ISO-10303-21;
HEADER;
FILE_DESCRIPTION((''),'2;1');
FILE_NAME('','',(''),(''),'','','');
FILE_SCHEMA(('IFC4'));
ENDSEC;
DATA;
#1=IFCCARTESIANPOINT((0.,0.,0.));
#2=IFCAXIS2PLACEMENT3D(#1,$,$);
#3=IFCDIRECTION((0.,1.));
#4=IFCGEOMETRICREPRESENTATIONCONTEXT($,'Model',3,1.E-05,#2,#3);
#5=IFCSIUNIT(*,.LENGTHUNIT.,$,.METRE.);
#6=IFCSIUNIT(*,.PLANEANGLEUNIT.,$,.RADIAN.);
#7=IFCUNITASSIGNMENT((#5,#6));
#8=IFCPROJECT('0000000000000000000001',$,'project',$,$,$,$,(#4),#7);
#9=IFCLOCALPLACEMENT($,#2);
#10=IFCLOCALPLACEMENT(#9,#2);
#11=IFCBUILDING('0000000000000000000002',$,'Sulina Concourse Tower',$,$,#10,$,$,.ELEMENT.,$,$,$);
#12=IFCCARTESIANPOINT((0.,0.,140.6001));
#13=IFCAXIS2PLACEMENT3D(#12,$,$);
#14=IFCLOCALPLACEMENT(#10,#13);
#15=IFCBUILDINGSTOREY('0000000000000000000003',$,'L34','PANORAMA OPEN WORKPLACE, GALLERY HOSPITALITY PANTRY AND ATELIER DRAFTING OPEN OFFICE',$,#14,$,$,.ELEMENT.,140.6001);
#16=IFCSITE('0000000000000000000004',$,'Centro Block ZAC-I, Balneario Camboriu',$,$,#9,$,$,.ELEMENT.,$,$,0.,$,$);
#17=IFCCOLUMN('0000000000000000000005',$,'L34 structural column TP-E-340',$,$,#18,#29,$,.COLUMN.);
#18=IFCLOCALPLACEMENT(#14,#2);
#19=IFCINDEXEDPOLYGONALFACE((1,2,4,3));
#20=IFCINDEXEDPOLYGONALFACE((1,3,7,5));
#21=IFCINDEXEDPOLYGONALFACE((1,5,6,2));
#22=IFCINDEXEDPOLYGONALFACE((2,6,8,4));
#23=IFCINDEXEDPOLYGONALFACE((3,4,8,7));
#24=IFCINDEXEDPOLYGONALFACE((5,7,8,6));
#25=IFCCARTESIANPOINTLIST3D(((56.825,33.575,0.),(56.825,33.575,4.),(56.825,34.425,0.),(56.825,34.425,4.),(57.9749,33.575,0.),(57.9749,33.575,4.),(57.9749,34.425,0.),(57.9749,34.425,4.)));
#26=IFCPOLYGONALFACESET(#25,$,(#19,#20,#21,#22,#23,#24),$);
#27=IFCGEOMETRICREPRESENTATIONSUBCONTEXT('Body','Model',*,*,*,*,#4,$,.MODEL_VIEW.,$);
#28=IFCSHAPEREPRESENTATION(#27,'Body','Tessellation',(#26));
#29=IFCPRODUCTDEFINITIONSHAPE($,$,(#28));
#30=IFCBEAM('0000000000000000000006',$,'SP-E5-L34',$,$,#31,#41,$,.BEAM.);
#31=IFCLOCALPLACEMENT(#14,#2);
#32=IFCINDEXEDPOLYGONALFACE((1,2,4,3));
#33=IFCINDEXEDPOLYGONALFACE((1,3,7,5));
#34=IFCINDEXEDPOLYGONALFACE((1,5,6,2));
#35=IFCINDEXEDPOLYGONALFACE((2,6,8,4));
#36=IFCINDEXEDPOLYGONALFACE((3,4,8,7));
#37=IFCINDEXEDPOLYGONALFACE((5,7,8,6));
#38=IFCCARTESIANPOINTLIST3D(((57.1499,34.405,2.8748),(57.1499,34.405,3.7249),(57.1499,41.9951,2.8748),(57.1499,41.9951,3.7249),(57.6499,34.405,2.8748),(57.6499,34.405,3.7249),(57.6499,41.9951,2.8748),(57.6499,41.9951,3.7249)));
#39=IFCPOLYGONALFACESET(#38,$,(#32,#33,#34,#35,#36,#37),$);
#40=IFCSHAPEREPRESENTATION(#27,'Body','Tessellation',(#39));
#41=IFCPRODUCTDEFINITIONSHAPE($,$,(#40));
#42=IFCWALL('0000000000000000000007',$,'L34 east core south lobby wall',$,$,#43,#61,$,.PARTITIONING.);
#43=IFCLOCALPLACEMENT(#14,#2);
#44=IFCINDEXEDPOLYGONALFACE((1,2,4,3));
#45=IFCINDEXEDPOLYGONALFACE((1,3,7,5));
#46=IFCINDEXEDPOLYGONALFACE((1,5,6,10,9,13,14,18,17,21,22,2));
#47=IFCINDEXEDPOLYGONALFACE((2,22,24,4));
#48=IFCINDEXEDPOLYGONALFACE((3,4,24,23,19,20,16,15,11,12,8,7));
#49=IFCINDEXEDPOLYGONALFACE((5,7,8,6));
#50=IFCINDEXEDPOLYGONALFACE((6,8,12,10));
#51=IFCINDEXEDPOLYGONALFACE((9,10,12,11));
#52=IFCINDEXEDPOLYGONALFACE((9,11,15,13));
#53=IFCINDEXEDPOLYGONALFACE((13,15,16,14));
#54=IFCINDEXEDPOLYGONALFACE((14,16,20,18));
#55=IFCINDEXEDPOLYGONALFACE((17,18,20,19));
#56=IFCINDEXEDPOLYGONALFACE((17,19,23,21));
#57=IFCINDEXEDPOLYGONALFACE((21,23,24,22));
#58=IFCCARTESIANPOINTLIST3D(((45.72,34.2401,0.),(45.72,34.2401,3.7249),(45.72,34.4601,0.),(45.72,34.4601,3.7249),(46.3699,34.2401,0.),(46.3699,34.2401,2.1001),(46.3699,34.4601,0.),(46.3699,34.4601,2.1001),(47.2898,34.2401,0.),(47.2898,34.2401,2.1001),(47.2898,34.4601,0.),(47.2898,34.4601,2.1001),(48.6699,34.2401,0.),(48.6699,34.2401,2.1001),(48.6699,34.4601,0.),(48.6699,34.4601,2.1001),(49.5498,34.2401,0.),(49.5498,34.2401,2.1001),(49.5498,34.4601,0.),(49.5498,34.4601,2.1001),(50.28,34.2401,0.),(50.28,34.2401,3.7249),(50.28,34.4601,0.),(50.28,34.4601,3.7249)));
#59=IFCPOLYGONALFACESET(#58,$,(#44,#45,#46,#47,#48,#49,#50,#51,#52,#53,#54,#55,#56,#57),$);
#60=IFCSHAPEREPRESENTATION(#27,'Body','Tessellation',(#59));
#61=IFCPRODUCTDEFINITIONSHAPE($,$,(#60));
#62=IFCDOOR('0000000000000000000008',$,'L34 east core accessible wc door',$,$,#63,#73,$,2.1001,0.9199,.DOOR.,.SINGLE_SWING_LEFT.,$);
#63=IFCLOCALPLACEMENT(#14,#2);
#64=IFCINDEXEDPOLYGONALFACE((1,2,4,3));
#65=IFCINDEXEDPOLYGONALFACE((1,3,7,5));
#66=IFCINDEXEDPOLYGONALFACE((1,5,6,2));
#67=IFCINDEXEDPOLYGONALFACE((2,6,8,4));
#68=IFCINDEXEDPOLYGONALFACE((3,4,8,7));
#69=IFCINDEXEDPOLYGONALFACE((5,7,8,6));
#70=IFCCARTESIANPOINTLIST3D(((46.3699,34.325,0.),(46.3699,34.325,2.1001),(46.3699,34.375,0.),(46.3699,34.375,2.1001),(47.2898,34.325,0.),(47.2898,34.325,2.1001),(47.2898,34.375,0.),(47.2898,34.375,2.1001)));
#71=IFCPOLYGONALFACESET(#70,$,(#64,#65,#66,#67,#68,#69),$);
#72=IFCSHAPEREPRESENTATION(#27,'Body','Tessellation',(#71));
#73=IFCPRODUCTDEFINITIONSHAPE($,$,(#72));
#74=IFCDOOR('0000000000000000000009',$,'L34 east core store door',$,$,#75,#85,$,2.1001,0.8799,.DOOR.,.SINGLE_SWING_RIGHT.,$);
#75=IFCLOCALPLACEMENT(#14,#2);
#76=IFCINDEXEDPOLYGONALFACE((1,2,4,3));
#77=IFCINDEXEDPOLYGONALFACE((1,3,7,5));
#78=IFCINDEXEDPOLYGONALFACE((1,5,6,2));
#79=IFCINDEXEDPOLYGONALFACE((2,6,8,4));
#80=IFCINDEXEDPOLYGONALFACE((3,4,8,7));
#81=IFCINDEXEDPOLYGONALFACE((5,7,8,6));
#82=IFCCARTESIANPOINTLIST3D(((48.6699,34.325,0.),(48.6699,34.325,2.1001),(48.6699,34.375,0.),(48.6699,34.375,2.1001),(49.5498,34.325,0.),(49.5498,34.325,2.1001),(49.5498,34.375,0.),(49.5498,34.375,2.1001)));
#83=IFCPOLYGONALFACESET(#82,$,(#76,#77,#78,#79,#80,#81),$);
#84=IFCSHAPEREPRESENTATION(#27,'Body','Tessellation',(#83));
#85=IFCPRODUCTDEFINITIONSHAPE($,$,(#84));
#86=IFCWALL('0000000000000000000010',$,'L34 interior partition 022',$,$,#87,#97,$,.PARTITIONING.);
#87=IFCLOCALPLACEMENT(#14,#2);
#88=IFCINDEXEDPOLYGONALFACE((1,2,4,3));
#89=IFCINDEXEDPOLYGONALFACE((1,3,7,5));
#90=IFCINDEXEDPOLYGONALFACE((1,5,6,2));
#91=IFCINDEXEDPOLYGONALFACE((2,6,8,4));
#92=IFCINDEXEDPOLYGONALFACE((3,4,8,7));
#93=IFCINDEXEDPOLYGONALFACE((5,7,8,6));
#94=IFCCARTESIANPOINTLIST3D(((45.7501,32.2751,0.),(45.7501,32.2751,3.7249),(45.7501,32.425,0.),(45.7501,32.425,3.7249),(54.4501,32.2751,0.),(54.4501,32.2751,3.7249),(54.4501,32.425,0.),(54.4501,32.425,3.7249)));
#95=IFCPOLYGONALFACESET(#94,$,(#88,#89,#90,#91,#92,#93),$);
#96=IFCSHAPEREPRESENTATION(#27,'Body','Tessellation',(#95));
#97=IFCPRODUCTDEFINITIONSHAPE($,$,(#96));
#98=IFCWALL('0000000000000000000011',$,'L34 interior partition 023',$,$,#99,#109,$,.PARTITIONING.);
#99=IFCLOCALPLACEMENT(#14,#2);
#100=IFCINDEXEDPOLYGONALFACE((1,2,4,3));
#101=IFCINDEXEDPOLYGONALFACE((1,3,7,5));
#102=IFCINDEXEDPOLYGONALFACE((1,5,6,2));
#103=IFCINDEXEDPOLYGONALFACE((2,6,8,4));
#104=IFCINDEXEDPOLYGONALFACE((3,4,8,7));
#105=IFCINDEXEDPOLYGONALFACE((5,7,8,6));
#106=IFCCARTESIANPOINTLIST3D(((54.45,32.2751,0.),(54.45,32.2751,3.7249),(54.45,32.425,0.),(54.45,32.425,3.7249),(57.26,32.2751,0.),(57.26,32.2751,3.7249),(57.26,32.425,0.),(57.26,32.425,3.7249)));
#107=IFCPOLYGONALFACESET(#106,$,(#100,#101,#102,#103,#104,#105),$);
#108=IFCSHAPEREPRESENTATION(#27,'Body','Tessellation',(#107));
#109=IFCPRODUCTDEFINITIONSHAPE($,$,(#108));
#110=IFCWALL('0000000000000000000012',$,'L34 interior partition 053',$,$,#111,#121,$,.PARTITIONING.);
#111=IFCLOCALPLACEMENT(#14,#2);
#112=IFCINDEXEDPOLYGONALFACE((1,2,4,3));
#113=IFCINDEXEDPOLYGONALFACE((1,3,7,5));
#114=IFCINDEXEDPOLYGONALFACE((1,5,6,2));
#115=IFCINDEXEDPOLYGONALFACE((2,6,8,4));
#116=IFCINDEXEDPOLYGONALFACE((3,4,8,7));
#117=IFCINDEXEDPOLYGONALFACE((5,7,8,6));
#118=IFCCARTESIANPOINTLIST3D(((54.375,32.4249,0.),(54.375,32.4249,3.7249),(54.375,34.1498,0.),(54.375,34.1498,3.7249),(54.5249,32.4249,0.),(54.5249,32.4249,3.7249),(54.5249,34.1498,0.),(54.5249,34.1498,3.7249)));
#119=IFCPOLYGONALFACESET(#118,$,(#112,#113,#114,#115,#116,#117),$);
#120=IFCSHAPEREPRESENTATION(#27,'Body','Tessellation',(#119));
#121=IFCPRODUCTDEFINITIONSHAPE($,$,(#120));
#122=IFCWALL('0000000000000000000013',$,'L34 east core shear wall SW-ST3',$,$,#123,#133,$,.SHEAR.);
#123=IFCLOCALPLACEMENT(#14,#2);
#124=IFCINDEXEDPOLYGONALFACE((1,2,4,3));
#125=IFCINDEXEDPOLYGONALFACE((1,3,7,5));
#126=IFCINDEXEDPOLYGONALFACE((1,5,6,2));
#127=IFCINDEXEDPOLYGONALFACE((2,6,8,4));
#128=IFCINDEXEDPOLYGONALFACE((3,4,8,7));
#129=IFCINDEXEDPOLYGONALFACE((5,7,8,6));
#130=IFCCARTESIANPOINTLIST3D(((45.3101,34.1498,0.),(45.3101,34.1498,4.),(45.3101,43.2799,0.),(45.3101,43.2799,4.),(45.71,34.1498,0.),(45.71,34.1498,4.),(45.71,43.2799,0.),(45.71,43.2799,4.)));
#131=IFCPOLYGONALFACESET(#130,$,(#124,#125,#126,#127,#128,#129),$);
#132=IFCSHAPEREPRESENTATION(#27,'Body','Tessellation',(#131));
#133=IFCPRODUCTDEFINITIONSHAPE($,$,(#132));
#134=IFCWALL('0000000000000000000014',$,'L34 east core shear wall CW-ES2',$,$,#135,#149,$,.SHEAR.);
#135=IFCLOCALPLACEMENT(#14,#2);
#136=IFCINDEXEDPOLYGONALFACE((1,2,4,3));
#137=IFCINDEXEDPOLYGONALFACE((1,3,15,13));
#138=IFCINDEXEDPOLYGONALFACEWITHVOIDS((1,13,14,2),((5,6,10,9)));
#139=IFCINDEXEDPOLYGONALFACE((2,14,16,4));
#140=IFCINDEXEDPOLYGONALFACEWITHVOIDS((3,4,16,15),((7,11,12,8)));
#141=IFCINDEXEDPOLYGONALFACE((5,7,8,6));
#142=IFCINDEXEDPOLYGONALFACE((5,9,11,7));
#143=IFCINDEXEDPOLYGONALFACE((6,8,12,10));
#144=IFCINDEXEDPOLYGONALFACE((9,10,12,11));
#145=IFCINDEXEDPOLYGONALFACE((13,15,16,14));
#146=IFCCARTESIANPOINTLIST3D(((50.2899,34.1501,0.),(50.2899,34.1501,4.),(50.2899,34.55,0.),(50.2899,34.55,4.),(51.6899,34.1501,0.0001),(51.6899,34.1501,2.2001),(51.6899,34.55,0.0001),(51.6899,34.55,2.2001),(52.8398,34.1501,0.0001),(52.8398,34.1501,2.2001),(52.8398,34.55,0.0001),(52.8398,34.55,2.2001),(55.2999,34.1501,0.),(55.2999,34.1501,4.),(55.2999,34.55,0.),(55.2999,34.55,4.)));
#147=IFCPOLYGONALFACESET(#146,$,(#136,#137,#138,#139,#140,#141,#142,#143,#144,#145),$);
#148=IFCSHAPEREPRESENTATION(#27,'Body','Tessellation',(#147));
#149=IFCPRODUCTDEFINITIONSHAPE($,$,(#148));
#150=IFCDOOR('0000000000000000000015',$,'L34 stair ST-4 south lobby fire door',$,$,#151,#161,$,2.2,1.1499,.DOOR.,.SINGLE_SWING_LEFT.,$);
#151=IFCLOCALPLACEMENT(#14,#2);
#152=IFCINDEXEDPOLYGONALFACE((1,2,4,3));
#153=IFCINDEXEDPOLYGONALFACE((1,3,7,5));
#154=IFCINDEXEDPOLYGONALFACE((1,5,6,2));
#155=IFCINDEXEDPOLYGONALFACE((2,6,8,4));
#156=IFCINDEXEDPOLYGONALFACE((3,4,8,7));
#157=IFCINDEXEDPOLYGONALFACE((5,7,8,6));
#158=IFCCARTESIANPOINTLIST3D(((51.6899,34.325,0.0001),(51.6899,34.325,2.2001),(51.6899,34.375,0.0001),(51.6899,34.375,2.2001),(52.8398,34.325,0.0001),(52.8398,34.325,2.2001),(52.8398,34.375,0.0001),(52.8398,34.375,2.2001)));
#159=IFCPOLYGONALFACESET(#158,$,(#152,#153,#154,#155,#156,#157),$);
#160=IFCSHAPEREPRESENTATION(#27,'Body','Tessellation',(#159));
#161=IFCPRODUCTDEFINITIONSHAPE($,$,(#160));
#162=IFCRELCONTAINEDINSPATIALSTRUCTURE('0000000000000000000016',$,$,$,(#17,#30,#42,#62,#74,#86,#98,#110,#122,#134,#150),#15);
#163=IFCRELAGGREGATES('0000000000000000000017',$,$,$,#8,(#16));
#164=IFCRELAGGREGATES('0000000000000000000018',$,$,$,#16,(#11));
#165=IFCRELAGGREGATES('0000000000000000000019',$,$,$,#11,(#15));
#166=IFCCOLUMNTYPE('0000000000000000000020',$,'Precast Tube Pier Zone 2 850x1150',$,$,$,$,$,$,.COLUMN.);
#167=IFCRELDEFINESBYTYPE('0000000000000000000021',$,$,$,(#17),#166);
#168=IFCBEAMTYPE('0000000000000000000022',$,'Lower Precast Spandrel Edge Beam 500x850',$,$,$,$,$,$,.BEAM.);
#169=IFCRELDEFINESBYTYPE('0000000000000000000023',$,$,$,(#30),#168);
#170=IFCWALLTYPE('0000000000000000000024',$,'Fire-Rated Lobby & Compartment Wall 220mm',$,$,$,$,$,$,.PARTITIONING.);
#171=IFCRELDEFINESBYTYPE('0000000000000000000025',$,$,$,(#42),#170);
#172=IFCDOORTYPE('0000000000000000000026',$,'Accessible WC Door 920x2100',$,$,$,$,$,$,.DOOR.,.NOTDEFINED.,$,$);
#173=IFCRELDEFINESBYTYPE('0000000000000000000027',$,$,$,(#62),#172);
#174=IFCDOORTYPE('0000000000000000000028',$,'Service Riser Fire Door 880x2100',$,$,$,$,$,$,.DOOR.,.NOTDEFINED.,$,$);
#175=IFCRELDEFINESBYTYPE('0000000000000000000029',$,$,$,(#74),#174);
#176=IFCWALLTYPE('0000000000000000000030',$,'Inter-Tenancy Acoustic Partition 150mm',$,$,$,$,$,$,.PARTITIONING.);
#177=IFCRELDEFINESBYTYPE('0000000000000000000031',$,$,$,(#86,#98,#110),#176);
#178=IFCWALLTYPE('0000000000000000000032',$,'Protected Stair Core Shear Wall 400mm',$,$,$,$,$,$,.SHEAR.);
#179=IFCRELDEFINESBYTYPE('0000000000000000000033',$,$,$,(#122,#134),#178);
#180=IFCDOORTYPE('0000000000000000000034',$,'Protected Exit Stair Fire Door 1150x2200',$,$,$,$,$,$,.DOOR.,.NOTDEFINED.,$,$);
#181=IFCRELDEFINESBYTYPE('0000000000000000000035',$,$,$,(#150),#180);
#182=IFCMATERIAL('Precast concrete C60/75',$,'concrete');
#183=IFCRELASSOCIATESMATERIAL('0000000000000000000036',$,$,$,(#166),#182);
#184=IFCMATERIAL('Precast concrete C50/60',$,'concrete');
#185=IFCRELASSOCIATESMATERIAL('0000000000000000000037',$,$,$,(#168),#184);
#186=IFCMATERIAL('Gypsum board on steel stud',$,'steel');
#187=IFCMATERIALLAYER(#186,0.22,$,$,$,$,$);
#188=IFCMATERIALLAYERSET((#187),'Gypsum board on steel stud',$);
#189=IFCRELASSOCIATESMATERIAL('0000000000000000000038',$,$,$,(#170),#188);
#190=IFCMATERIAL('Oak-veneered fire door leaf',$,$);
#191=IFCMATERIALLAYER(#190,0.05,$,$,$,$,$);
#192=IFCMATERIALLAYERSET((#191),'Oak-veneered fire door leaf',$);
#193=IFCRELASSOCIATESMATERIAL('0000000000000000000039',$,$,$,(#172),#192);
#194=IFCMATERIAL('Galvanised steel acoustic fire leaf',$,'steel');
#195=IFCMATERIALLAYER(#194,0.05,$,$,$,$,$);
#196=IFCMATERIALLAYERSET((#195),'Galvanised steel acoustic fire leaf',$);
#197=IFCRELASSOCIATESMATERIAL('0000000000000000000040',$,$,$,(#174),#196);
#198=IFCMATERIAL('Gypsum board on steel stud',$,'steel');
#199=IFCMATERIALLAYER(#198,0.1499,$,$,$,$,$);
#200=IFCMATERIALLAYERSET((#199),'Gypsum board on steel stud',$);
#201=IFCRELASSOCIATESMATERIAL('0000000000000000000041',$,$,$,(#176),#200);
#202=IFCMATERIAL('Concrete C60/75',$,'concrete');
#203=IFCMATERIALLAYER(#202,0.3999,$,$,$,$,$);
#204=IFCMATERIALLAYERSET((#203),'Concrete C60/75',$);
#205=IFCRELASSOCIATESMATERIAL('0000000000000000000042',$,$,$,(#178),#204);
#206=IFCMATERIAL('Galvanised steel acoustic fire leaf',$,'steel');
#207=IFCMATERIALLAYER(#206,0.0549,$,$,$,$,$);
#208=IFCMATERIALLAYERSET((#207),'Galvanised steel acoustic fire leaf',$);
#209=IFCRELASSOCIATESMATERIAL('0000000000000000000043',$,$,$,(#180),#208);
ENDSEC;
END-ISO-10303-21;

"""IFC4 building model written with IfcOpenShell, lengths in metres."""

from ifc_helpers import new_model, si_unit, direction, frame, frame_2d, origin, origin_2d, place, context, subcontext, project, spatial, rectangle, extrude, material, layer, layer_set, material_profile, profile_set, type_object, element, fill, save


model = new_model("IFC4")

# Units and contexts
model_context = context("Model", 3, precision=1e-05, world=origin(), true_north=direction((0.0, 1.0)))
body_context = subcontext(model_context, "Body", "Model", "MODEL_VIEW")
ifc_project = project(units=[si_unit("LENGTHUNIT", "METRE"), si_unit("PLANEANGLEUNIT", "RADIAN")], contexts=[model_context])

# Site, building, storey
site_placement = place(None, origin())
site = spatial("IfcSite", under=ifc_project, at=site_placement, Name="Centro Block ZAC-I, Balneario Camboriu", CompositionType="ELEMENT", RefElevation=0.0)
building_placement = place(site_placement, origin())
building = spatial("IfcBuilding", under=site, at=building_placement, Name="Sulina Concourse Tower", CompositionType="ELEMENT")
storey_placement = place(building_placement, frame((0.0, 0.0, 140.6001)))
storey = spatial("IfcBuildingStorey", under=building, at=storey_placement, Name="L34", Description="PANORAMA OPEN WORKPLACE, GALLERY HOSPITALITY PANTRY AND ATELIER DRAFTING OPEN OFFICE", CompositionType="ELEMENT", Elevation=140.6001)

# Column
ifc_material_1 = material(Name="Precast concrete C60/75", Category="concrete")
ifc_material_profile_1 = material_profile(ifc_material_1, rectangle(XDim=0.8501, YDim=1.1499, at=origin_2d()), Name="PC 850x1150")
ifc_profile_set_1 = profile_set([ifc_material_profile_1], Name="Precast concrete C60/75")
column_type = type_object("IfcColumnType", Name="Precast Tube Pier Zone 2 850x1150", PredefinedType="COLUMN", material=ifc_profile_set_1)
column_placement = place(storey_placement, frame((57.3999, 34.0, 0.0), z_axis=(0.0, 0.0, 1.0), x_axis=(0.0, 1.0, 0.0)))
element("IfcColumn", 1, at=column_placement, inside=storey, type_object=column_type, Name="L34 structural column TP-E-340", PredefinedType="COLUMN", context=body_context, shape_type="SweptSolid", body=[
    extrude(rectangle(XDim=0.8501, YDim=1.1499, at=origin_2d()), origin(), (0.0, 0.0, 1.0), 4.0),
])

# Beam
ifc_material_2 = material(Name="Precast concrete C50/60", Category="concrete")
ifc_material_profile_2 = material_profile(ifc_material_2, rectangle(XDim=0.5, YDim=0.8501, at=origin_2d()), Name="RC 500x850")
ifc_profile_set_2 = profile_set([ifc_material_profile_2], Name="Precast concrete C50/60")
beam_type = type_object("IfcBeamType", Name="Lower Precast Spandrel Edge Beam 500x850", PredefinedType="BEAM", material=ifc_profile_set_2)
beam_placement = place(storey_placement, frame((57.3999, 34.405, 3.2998), z_axis=(0.0, 1.0, 0.0), x_axis=(-1.0, 0.0, 0.0)))
element("IfcBeam", 2, at=beam_placement, inside=storey, type_object=beam_type, Name="SP-E5-L34", PredefinedType="BEAM", context=body_context, shape_type="SweptSolid", body=[
    extrude(rectangle(XDim=0.5, YDim=0.8501, at=origin_2d()), origin(), (0.0, 0.0, 1.0), 7.5901),
])

# Wall, openings, doors
ifc_material_3 = material(Name="Gypsum board on steel stud", Category="steel")
ifc_layer_1 = layer(ifc_material_3, 0.22)
ifc_layer_set_1 = layer_set([ifc_layer_1], Name="Gypsum board on steel stud")
wall_type_1 = type_object("IfcWallType", Name="Fire-Rated Lobby & Compartment Wall 220mm", PredefinedType="PARTITIONING", material=ifc_layer_set_1)
wall_1_placement = place(storey_placement, frame((45.72, 34.3501, 0.0), z_axis=(0.0, 0.0, 1.0), x_axis=(1.0, 0.0, 0.0)))
wall_1 = element("IfcWall", 3, at=wall_1_placement, inside=storey, type_object=wall_type_1, Name="L34 east core south lobby wall", PredefinedType="PARTITIONING", context=body_context, shape_type="SweptSolid", body=[
    extrude(rectangle(XDim=4.5601, YDim=0.22, at=frame_2d((2.28, 0.0))), origin(), (0.0, 0.0, 1.0), 3.7249),
])
opening_1_placement = place(wall_1_placement, frame((0.6499, 0.0, 0.0)))
opening_1 = element("IfcOpeningElement", 4, at=opening_1_placement, cuts=wall_1, PredefinedType="OPENING", context=body_context, shape_type="SweptSolid", body=[
    extrude(rectangle(XDim=0.9199, YDim=2.1001, at=frame_2d((0.46, 1.05))), frame((0.0, 0.1199, 0.0), z_axis=(0.0, -1.0, 0.0), x_axis=(1.0, 0.0, 0.0)), (0.0, 0.0, 1.0), 0.24),
])
opening_2_placement = place(wall_1_placement, frame((2.95, 0.0, 0.0)))
opening_2 = element("IfcOpeningElement", 5, at=opening_2_placement, cuts=wall_1, PredefinedType="OPENING", context=body_context, shape_type="SweptSolid", body=[
    extrude(rectangle(XDim=0.8799, YDim=2.1001, at=frame_2d((0.4399, 1.05))), frame((0.0, 0.1199, 0.0), z_axis=(0.0, -1.0, 0.0), x_axis=(1.0, 0.0, 0.0)), (0.0, 0.0, 1.0), 0.24),
])
ifc_material_4 = material(Name="Oak-veneered fire door leaf")
ifc_layer_2 = layer(ifc_material_4, 0.05)
ifc_layer_set_2 = layer_set([ifc_layer_2], Name="Oak-veneered fire door leaf")
door_type_1 = type_object("IfcDoorType", Name="Accessible WC Door 920x2100", OperationType="NOTDEFINED", PredefinedType="DOOR", material=ifc_layer_set_2)
door_1_placement = place(opening_1_placement, origin())
door_1 = element("IfcDoor", 6, at=door_1_placement, inside=storey, type_object=door_type_1, Name="L34 east core accessible wc door", OperationType="SINGLE_SWING_LEFT", OverallHeight=2.1001, OverallWidth=0.9199, PredefinedType="DOOR", context=body_context, shape_type="SweptSolid", body=[
    extrude(rectangle(XDim=0.9199, YDim=2.1001, at=frame_2d((0.46, 1.05))), frame((0.0, 0.0249, 0.0), z_axis=(0.0, -1.0, 0.0), x_axis=(1.0, 0.0, 0.0)), (0.0, 0.0, 1.0), 0.05),
])
fill(opening_1, door_1)
ifc_material_5 = material(Name="Galvanised steel acoustic fire leaf", Category="steel")
ifc_layer_3 = layer(ifc_material_5, 0.05)
ifc_layer_set_3 = layer_set([ifc_layer_3], Name="Galvanised steel acoustic fire leaf")
door_type_2 = type_object("IfcDoorType", Name="Service Riser Fire Door 880x2100", OperationType="NOTDEFINED", PredefinedType="DOOR", material=ifc_layer_set_3)
door_2_placement = place(opening_2_placement, origin())
door_2 = element("IfcDoor", 7, at=door_2_placement, inside=storey, type_object=door_type_2, Name="L34 east core store door", OperationType="SINGLE_SWING_RIGHT", OverallHeight=2.1001, OverallWidth=0.8799, PredefinedType="DOOR", context=body_context, shape_type="SweptSolid", body=[
    extrude(rectangle(XDim=0.8799, YDim=2.1001, at=frame_2d((0.4399, 1.05))), frame((0.0, 0.0249, 0.0), z_axis=(0.0, -1.0, 0.0), x_axis=(1.0, 0.0, 0.0)), (0.0, 0.0, 1.0), 0.05),
])
fill(opening_2, door_2)

# Walls
ifc_material_6 = material(Name="Gypsum board on steel stud", Category="steel")
ifc_layer_4 = layer(ifc_material_6, 0.1499)
ifc_layer_set_4 = layer_set([ifc_layer_4], Name="Gypsum board on steel stud")
wall_type_2 = type_object("IfcWallType", Name="Inter-Tenancy Acoustic Partition 150mm", PredefinedType="PARTITIONING", material=ifc_layer_set_4)
wall_2_placement = place(storey_placement, frame((45.75, 32.3501, 0.0), z_axis=(0.0, 0.0, 1.0), x_axis=(1.0, 0.0, 0.0)))
element("IfcWall", 8, at=wall_2_placement, inside=storey, type_object=wall_type_2, Name="L34 interior partition 022", PredefinedType="PARTITIONING", context=body_context, shape_type="SweptSolid", body=[
    extrude(rectangle(XDim=8.7, YDim=0.1499, at=frame_2d((4.3501, 0.0))), origin(), (0.0, 0.0, 1.0), 3.7249),
])
wall_3_placement = place(storey_placement, frame((54.45, 32.3501, 0.0), z_axis=(0.0, 0.0, 1.0), x_axis=(1.0, 0.0, 0.0)))
element("IfcWall", 9, at=wall_3_placement, inside=storey, type_object=wall_type_2, Name="L34 interior partition 023", PredefinedType="PARTITIONING", context=body_context, shape_type="SweptSolid", body=[
    extrude(rectangle(XDim=2.8101, YDim=0.1499, at=frame_2d((1.405, 0.0))), origin(), (0.0, 0.0, 1.0), 3.7249),
])
wall_4_placement = place(storey_placement, frame((54.45, 32.425, 0.0), z_axis=(0.0, 0.0, 1.0), x_axis=(0.0, 1.0, 0.0)))
element("IfcWall", 10, at=wall_4_placement, inside=storey, type_object=wall_type_2, Name="L34 interior partition 053", PredefinedType="PARTITIONING", context=body_context, shape_type="SweptSolid", body=[
    extrude(rectangle(XDim=1.7249, YDim=0.1499, at=frame_2d((0.8623, 0.0))), origin(), (0.0, 0.0, 1.0), 3.7249),
])
ifc_material_7 = material(Name="Concrete C60/75", Category="concrete")
ifc_layer_5 = layer(ifc_material_7, 0.3999)
ifc_layer_set_5 = layer_set([ifc_layer_5], Name="Concrete C60/75")
wall_type_3 = type_object("IfcWallType", Name="Protected Stair Core Shear Wall 400mm", PredefinedType="SHEAR", material=ifc_layer_set_5)
wall_5_placement = place(storey_placement, frame((45.51, 34.1499, 0.0), z_axis=(0.0, 0.0, 1.0), x_axis=(0.0, 1.0, 0.0)))
element("IfcWall", 11, at=wall_5_placement, inside=storey, type_object=wall_type_3, Name="L34 east core shear wall SW-ST3", PredefinedType="SHEAR", context=body_context, shape_type="SweptSolid", body=[
    extrude(rectangle(XDim=9.1301, YDim=0.3999, at=frame_2d((4.5649, 0.0))), origin(), (0.0, 0.0, 1.0), 4.0),
])

# Wall, opening, door
wall_6_placement = place(storey_placement, frame((50.29, 34.3501, 0.0), z_axis=(0.0, 0.0, 1.0), x_axis=(1.0, 0.0, 0.0)))
wall_6 = element("IfcWall", 12, at=wall_6_placement, inside=storey, type_object=wall_type_3, Name="L34 east core shear wall CW-ES2", PredefinedType="SHEAR", context=body_context, shape_type="SweptSolid", body=[
    extrude(rectangle(XDim=5.01, YDim=0.3999, at=frame_2d((2.5049, 0.0))), origin(), (0.0, 0.0, 1.0), 4.0),
])
opening_3_placement = place(wall_6_placement, frame((1.3999, 0.0, 0.0)))
opening_3 = element("IfcOpeningElement", 13, at=opening_3_placement, cuts=wall_6, PredefinedType="OPENING", context=body_context, shape_type="SweptSolid", body=[
    extrude(rectangle(XDim=1.1499, YDim=2.2, at=frame_2d((0.575, 1.1001))), frame((0.0, 0.21, 0.0), z_axis=(0.0, -1.0, 0.0), x_axis=(1.0, 0.0, 0.0)), (0.0, 0.0, 1.0), 0.4199),
])
ifc_material_8 = material(Name="Galvanised steel acoustic fire leaf", Category="steel")
ifc_layer_6 = layer(ifc_material_8, 0.0549)
ifc_layer_set_6 = layer_set([ifc_layer_6], Name="Galvanised steel acoustic fire leaf")
door_type_3 = type_object("IfcDoorType", Name="Protected Exit Stair Fire Door 1150x2200", OperationType="NOTDEFINED", PredefinedType="DOOR", material=ifc_layer_set_6)
door_3_placement = place(opening_3_placement, origin())
door_3 = element("IfcDoor", 14, at=door_3_placement, inside=storey, type_object=door_type_3, Name="L34 stair ST-4 south lobby fire door", OperationType="SINGLE_SWING_LEFT", OverallHeight=2.2, OverallWidth=1.1499, PredefinedType="DOOR", context=body_context, shape_type="SweptSolid", body=[
    extrude(rectangle(XDim=1.1499, YDim=2.2, at=frame_2d((0.575, 1.1001))), frame((0.0, 0.0249, 0.0), z_axis=(0.0, -1.0, 0.0), x_axis=(1.0, 0.0, 0.0)), (0.0, 0.0, 1.0), 0.05),
])
fill(opening_3, door_3)

save(model, "model.ifc")
